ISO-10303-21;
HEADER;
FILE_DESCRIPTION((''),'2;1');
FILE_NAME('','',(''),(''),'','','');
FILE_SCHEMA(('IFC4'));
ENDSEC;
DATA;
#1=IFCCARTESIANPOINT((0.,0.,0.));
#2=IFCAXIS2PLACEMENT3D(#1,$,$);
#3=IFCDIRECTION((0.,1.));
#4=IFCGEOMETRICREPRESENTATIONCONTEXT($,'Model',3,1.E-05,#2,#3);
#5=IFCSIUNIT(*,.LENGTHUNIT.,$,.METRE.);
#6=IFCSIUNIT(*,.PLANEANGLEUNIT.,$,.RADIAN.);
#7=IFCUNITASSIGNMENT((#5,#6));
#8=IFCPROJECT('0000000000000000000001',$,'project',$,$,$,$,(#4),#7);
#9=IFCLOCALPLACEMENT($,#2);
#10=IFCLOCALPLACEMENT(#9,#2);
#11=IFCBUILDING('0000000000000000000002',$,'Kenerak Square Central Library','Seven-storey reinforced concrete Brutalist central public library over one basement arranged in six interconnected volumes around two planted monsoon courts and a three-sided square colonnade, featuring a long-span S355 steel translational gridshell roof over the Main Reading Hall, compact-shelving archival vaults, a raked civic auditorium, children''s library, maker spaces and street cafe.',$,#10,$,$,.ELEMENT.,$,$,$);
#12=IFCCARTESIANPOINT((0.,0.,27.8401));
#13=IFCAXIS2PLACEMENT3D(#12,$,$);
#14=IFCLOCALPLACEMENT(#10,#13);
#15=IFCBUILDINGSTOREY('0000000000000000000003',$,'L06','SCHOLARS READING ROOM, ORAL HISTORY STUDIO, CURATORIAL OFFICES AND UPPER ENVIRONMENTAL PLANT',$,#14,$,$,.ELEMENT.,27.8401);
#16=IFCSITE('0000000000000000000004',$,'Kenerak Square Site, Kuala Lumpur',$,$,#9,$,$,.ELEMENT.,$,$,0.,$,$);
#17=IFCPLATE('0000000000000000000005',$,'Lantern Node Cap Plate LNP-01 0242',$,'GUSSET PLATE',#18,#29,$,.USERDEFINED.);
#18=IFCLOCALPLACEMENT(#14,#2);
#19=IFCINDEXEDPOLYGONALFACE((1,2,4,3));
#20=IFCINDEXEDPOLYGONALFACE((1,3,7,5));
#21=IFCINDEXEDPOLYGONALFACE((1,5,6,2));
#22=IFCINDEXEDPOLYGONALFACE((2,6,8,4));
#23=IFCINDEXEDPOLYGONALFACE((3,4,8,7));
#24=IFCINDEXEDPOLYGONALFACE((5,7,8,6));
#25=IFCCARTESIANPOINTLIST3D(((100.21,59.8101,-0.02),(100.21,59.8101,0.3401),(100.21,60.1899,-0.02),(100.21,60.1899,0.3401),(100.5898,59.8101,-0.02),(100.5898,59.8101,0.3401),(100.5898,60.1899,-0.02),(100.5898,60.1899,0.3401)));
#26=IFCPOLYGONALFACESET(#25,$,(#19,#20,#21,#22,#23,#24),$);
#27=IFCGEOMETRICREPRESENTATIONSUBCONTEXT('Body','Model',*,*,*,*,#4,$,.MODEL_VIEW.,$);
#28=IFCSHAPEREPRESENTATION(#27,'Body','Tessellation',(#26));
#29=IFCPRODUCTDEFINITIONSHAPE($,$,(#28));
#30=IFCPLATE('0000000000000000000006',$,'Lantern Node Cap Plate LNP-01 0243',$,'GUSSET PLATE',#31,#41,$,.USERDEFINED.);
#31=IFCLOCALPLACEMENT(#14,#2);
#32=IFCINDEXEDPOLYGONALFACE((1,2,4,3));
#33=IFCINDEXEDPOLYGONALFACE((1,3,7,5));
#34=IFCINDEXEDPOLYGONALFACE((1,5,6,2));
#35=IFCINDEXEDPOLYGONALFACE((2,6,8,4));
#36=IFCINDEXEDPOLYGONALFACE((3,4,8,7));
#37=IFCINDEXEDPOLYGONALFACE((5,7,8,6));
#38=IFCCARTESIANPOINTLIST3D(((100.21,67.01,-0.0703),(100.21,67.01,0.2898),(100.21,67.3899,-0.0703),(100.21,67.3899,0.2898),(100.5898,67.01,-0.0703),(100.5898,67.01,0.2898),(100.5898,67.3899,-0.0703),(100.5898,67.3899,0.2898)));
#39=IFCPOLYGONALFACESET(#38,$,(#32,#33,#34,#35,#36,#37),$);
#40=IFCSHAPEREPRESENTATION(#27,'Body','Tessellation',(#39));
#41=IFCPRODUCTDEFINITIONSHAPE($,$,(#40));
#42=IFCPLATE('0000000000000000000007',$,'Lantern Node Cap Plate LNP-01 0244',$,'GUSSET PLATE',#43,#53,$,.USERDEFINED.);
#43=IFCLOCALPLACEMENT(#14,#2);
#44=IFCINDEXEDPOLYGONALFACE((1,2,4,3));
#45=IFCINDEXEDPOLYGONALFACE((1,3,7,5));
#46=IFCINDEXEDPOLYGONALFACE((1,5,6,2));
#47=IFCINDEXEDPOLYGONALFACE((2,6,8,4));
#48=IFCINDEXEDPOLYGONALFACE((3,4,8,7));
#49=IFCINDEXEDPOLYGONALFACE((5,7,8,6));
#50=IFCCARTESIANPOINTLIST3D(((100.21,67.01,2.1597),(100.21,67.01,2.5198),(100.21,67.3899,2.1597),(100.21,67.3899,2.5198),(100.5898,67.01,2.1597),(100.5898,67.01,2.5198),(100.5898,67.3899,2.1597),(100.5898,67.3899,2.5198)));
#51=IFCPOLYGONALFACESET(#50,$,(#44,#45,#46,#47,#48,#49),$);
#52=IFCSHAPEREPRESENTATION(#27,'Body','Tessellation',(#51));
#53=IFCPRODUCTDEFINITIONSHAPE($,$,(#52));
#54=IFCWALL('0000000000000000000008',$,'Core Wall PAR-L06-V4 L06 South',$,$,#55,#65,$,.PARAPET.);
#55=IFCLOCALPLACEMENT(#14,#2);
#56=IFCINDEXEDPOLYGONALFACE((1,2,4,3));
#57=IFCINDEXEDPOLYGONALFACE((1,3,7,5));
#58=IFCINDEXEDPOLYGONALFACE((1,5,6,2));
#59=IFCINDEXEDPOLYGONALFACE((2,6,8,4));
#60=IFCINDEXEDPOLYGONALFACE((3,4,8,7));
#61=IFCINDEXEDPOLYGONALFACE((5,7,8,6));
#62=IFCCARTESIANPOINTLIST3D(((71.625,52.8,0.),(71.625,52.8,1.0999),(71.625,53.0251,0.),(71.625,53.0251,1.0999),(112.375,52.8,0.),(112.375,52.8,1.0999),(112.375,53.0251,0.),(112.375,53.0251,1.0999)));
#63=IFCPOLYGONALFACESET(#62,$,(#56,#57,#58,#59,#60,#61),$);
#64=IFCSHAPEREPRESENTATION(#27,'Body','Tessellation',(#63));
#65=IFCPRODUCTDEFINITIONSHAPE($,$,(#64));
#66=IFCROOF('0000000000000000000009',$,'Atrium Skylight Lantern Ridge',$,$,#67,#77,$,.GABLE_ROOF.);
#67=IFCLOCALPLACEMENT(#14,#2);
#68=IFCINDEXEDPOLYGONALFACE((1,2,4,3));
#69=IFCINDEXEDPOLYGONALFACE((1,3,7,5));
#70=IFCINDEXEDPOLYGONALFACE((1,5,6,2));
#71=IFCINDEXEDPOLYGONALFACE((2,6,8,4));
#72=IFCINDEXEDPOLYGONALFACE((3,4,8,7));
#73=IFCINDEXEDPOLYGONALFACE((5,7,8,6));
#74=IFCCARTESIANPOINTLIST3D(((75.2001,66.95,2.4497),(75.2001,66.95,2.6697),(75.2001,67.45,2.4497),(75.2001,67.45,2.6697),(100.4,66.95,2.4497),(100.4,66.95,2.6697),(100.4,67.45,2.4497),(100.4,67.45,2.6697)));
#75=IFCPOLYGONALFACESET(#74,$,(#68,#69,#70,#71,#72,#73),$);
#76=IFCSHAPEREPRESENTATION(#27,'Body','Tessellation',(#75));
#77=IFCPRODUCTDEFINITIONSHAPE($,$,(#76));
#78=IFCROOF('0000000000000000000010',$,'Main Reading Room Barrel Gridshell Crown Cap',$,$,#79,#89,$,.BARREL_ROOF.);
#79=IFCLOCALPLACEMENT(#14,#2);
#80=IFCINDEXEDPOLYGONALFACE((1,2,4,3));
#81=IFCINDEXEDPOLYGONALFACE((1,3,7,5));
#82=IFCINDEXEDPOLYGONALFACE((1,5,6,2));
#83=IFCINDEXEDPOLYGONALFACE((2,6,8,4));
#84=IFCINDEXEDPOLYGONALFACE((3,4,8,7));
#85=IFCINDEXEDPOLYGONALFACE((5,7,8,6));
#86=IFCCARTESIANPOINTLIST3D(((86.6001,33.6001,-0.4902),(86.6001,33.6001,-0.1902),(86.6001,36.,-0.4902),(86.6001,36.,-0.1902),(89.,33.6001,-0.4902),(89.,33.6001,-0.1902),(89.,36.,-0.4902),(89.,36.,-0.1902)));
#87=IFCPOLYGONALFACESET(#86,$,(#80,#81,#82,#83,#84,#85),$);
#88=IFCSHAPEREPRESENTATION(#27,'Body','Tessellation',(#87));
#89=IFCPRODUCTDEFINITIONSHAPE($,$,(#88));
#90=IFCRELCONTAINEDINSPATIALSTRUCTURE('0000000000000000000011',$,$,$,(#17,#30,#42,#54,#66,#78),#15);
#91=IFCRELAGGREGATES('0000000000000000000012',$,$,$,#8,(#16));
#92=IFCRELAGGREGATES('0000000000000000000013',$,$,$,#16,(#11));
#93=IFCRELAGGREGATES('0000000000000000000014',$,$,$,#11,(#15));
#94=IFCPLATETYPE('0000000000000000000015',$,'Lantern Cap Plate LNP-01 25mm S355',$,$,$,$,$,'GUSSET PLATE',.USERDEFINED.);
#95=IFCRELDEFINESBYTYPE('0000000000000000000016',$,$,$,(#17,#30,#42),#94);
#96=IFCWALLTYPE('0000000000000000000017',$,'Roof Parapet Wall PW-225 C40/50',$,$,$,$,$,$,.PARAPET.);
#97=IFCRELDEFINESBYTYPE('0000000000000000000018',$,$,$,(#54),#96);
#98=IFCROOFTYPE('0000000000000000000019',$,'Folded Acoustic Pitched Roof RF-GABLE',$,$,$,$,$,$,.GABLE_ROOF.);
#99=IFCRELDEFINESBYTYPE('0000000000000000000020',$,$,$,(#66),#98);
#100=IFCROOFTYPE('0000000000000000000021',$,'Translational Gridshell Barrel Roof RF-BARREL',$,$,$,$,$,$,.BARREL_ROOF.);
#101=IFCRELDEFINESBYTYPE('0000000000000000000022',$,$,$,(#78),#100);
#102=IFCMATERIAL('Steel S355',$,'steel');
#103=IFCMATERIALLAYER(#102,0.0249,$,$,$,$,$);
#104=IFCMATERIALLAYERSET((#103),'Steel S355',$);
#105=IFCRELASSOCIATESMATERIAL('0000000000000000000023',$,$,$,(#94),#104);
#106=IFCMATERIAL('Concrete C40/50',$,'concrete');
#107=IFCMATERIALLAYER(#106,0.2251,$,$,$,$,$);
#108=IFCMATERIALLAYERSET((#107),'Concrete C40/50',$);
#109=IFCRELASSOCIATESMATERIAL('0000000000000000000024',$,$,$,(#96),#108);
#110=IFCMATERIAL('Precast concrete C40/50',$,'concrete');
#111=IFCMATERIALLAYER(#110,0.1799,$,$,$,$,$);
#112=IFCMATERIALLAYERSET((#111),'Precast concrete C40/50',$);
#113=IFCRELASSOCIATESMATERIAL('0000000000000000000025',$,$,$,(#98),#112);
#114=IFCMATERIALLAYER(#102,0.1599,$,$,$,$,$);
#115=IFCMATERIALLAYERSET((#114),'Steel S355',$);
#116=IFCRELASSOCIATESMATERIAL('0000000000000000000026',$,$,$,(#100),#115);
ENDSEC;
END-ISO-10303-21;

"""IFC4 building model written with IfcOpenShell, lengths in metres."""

from ifc_helpers import new_model, si_unit, direction, frame, frame_2d, origin, origin_2d, place, context, subcontext, project, spatial, rectangle, extrude, material, layer, layer_set, type_object, element, save


model = new_model("IFC4")

# Units and contexts
model_context = context("Model", 3, precision=1e-05, world=origin(), true_north=direction((0.0, 1.0)))
body_context = subcontext(model_context, "Body", "Model", "MODEL_VIEW")
ifc_project = project(units=[si_unit("LENGTHUNIT", "METRE"), si_unit("PLANEANGLEUNIT", "RADIAN")], contexts=[model_context])

# Site, building, storey
site_placement = place(None, origin())
site = spatial("IfcSite", under=ifc_project, at=site_placement, Name="Kenerak Square Site, Kuala Lumpur", CompositionType="ELEMENT", RefElevation=0.0)
building_placement = place(site_placement, origin())
building = spatial("IfcBuilding", under=site, at=building_placement, Name="Kenerak Square Central Library", Description="Seven-storey reinforced concrete Brutalist central public library over one basement arranged in six interconnected volumes around two planted monsoon courts and a three-sided square colonnade, featuring a long-span S355 steel translational gridshell roof over the Main Reading Hall, compact-shelving archival vaults, a raked civic auditorium, children's library, maker spaces and street cafe.", CompositionType="ELEMENT")
storey_placement = place(building_placement, frame((0.0, 0.0, 27.8401)))
storey = spatial("IfcBuildingStorey", under=building, at=storey_placement, Name="L06", Description="SCHOLARS READING ROOM, ORAL HISTORY STUDIO, CURATORIAL OFFICES AND UPPER ENVIRONMENTAL PLANT", CompositionType="ELEMENT", Elevation=27.8401)

# Shared definitions
ifc_material_1 = material(Name="Steel S355", Category="steel")

# Plates
ifc_layer_1 = layer(ifc_material_1, 0.0249)
ifc_layer_set_1 = layer_set([ifc_layer_1], Name="Steel S355")
plate_type = type_object("IfcPlateType", Name="Lantern Cap Plate LNP-01 25mm S355", ElementType="GUSSET PLATE", PredefinedType="USERDEFINED", material=ifc_layer_set_1)
for number, where, z_axis, x_axis, name in (
    (1, (100.3999, 60.0, -0.02), (0.0, 0.0, 1.0), (1.0, 0.0, 0.0), "Lantern Node Cap Plate LNP-01 0242"),
    (2, (100.3999, 67.2, -0.0703), (0.0, 0.0, 1.0), (1.0, 0.0, 0.0), "Lantern Node Cap Plate LNP-01 0243"),
    (3, (100.3999, 67.2, 2.1597), (0.0, 0.0, 1.0), (1.0, 0.0, 0.0), "Lantern Node Cap Plate LNP-01 0244"),
):
    element("IfcPlate", number, at=place(storey_placement, frame(where, z_axis=z_axis, x_axis=x_axis)), inside=storey, type_object=plate_type, Name=name, ObjectType="GUSSET PLATE", PredefinedType="USERDEFINED", context=body_context, shape_type="SweptSolid", body=[
        extrude(rectangle(XDim=0.3799, YDim=0.3799, at=origin_2d()), origin(), (0.0, 0.0, 1.0), 0.3601),
    ])

# Wall
ifc_material_2 = material(Name="Concrete C40/50", Category="concrete")
ifc_layer_2 = layer(ifc_material_2, 0.2251)
ifc_layer_set_2 = layer_set([ifc_layer_2], Name="Concrete C40/50")
wall_type = type_object("IfcWallType", Name="Roof Parapet Wall PW-225 C40/50", PredefinedType="PARAPET", material=ifc_layer_set_2)
wall_placement = place(storey_placement, frame((112.375, 52.9126, 0.0), z_axis=(0.0, 0.0, 1.0), x_axis=(-1.0, 0.0, 0.0)))
element("IfcWall", 4, at=wall_placement, inside=storey, type_object=wall_type, Name="Core Wall PAR-L06-V4 L06 South", PredefinedType="PARAPET", context=body_context, shape_type="SweptSolid", body=[
    extrude(rectangle(XDim=40.75, YDim=0.2251, at=frame_2d((20.375, 0.0))), origin(), (0.0, 0.0, 1.0), 1.0999),
])

# Roofs
ifc_material_3 = material(Name="Precast concrete C40/50", Category="concrete")
ifc_layer_3 = layer(ifc_material_3, 0.1799)
ifc_layer_set_3 = layer_set([ifc_layer_3], Name="Precast concrete C40/50")
roof_type_1 = type_object("IfcRoofType", Name="Folded Acoustic Pitched Roof RF-GABLE", PredefinedType="GABLE_ROOF", material=ifc_layer_set_3)
roof_1_placement = place(storey_placement, frame((87.8, 67.2, 2.4497), z_axis=(0.0, 0.0, 1.0), x_axis=(1.0, 0.0, 0.0)))
element("IfcRoof", 5, at=roof_1_placement, inside=storey, type_object=roof_type_1, Name="Atrium Skylight Lantern Ridge", PredefinedType="GABLE_ROOF", context=body_context, shape_type="SweptSolid", body=[
    extrude(rectangle(XDim=25.2, YDim=0.5, at=origin_2d()), origin(), (0.0, 0.0, 1.0), 0.22),
])
ifc_layer_4 = layer(ifc_material_1, 0.1599)
ifc_layer_set_4 = layer_set([ifc_layer_4], Name="Steel S355")
roof_type_2 = type_object("IfcRoofType", Name="Translational Gridshell Barrel Roof RF-BARREL", PredefinedType="BARREL_ROOF", material=ifc_layer_set_4)
roof_2_placement = place(storey_placement, frame((87.8, 34.8, -0.4902), z_axis=(0.0, 0.0, 1.0), x_axis=(1.0, 0.0, 0.0)))
element("IfcRoof", 6, at=roof_2_placement, inside=storey, type_object=roof_type_2, Name="Main Reading Room Barrel Gridshell Crown Cap", PredefinedType="BARREL_ROOF", context=body_context, shape_type="SweptSolid", body=[
    extrude(rectangle(XDim=2.3999, YDim=2.3999, at=origin_2d()), origin(), (0.0, 0.0, 1.0), 0.3),
])

save(model, "model.ifc")
